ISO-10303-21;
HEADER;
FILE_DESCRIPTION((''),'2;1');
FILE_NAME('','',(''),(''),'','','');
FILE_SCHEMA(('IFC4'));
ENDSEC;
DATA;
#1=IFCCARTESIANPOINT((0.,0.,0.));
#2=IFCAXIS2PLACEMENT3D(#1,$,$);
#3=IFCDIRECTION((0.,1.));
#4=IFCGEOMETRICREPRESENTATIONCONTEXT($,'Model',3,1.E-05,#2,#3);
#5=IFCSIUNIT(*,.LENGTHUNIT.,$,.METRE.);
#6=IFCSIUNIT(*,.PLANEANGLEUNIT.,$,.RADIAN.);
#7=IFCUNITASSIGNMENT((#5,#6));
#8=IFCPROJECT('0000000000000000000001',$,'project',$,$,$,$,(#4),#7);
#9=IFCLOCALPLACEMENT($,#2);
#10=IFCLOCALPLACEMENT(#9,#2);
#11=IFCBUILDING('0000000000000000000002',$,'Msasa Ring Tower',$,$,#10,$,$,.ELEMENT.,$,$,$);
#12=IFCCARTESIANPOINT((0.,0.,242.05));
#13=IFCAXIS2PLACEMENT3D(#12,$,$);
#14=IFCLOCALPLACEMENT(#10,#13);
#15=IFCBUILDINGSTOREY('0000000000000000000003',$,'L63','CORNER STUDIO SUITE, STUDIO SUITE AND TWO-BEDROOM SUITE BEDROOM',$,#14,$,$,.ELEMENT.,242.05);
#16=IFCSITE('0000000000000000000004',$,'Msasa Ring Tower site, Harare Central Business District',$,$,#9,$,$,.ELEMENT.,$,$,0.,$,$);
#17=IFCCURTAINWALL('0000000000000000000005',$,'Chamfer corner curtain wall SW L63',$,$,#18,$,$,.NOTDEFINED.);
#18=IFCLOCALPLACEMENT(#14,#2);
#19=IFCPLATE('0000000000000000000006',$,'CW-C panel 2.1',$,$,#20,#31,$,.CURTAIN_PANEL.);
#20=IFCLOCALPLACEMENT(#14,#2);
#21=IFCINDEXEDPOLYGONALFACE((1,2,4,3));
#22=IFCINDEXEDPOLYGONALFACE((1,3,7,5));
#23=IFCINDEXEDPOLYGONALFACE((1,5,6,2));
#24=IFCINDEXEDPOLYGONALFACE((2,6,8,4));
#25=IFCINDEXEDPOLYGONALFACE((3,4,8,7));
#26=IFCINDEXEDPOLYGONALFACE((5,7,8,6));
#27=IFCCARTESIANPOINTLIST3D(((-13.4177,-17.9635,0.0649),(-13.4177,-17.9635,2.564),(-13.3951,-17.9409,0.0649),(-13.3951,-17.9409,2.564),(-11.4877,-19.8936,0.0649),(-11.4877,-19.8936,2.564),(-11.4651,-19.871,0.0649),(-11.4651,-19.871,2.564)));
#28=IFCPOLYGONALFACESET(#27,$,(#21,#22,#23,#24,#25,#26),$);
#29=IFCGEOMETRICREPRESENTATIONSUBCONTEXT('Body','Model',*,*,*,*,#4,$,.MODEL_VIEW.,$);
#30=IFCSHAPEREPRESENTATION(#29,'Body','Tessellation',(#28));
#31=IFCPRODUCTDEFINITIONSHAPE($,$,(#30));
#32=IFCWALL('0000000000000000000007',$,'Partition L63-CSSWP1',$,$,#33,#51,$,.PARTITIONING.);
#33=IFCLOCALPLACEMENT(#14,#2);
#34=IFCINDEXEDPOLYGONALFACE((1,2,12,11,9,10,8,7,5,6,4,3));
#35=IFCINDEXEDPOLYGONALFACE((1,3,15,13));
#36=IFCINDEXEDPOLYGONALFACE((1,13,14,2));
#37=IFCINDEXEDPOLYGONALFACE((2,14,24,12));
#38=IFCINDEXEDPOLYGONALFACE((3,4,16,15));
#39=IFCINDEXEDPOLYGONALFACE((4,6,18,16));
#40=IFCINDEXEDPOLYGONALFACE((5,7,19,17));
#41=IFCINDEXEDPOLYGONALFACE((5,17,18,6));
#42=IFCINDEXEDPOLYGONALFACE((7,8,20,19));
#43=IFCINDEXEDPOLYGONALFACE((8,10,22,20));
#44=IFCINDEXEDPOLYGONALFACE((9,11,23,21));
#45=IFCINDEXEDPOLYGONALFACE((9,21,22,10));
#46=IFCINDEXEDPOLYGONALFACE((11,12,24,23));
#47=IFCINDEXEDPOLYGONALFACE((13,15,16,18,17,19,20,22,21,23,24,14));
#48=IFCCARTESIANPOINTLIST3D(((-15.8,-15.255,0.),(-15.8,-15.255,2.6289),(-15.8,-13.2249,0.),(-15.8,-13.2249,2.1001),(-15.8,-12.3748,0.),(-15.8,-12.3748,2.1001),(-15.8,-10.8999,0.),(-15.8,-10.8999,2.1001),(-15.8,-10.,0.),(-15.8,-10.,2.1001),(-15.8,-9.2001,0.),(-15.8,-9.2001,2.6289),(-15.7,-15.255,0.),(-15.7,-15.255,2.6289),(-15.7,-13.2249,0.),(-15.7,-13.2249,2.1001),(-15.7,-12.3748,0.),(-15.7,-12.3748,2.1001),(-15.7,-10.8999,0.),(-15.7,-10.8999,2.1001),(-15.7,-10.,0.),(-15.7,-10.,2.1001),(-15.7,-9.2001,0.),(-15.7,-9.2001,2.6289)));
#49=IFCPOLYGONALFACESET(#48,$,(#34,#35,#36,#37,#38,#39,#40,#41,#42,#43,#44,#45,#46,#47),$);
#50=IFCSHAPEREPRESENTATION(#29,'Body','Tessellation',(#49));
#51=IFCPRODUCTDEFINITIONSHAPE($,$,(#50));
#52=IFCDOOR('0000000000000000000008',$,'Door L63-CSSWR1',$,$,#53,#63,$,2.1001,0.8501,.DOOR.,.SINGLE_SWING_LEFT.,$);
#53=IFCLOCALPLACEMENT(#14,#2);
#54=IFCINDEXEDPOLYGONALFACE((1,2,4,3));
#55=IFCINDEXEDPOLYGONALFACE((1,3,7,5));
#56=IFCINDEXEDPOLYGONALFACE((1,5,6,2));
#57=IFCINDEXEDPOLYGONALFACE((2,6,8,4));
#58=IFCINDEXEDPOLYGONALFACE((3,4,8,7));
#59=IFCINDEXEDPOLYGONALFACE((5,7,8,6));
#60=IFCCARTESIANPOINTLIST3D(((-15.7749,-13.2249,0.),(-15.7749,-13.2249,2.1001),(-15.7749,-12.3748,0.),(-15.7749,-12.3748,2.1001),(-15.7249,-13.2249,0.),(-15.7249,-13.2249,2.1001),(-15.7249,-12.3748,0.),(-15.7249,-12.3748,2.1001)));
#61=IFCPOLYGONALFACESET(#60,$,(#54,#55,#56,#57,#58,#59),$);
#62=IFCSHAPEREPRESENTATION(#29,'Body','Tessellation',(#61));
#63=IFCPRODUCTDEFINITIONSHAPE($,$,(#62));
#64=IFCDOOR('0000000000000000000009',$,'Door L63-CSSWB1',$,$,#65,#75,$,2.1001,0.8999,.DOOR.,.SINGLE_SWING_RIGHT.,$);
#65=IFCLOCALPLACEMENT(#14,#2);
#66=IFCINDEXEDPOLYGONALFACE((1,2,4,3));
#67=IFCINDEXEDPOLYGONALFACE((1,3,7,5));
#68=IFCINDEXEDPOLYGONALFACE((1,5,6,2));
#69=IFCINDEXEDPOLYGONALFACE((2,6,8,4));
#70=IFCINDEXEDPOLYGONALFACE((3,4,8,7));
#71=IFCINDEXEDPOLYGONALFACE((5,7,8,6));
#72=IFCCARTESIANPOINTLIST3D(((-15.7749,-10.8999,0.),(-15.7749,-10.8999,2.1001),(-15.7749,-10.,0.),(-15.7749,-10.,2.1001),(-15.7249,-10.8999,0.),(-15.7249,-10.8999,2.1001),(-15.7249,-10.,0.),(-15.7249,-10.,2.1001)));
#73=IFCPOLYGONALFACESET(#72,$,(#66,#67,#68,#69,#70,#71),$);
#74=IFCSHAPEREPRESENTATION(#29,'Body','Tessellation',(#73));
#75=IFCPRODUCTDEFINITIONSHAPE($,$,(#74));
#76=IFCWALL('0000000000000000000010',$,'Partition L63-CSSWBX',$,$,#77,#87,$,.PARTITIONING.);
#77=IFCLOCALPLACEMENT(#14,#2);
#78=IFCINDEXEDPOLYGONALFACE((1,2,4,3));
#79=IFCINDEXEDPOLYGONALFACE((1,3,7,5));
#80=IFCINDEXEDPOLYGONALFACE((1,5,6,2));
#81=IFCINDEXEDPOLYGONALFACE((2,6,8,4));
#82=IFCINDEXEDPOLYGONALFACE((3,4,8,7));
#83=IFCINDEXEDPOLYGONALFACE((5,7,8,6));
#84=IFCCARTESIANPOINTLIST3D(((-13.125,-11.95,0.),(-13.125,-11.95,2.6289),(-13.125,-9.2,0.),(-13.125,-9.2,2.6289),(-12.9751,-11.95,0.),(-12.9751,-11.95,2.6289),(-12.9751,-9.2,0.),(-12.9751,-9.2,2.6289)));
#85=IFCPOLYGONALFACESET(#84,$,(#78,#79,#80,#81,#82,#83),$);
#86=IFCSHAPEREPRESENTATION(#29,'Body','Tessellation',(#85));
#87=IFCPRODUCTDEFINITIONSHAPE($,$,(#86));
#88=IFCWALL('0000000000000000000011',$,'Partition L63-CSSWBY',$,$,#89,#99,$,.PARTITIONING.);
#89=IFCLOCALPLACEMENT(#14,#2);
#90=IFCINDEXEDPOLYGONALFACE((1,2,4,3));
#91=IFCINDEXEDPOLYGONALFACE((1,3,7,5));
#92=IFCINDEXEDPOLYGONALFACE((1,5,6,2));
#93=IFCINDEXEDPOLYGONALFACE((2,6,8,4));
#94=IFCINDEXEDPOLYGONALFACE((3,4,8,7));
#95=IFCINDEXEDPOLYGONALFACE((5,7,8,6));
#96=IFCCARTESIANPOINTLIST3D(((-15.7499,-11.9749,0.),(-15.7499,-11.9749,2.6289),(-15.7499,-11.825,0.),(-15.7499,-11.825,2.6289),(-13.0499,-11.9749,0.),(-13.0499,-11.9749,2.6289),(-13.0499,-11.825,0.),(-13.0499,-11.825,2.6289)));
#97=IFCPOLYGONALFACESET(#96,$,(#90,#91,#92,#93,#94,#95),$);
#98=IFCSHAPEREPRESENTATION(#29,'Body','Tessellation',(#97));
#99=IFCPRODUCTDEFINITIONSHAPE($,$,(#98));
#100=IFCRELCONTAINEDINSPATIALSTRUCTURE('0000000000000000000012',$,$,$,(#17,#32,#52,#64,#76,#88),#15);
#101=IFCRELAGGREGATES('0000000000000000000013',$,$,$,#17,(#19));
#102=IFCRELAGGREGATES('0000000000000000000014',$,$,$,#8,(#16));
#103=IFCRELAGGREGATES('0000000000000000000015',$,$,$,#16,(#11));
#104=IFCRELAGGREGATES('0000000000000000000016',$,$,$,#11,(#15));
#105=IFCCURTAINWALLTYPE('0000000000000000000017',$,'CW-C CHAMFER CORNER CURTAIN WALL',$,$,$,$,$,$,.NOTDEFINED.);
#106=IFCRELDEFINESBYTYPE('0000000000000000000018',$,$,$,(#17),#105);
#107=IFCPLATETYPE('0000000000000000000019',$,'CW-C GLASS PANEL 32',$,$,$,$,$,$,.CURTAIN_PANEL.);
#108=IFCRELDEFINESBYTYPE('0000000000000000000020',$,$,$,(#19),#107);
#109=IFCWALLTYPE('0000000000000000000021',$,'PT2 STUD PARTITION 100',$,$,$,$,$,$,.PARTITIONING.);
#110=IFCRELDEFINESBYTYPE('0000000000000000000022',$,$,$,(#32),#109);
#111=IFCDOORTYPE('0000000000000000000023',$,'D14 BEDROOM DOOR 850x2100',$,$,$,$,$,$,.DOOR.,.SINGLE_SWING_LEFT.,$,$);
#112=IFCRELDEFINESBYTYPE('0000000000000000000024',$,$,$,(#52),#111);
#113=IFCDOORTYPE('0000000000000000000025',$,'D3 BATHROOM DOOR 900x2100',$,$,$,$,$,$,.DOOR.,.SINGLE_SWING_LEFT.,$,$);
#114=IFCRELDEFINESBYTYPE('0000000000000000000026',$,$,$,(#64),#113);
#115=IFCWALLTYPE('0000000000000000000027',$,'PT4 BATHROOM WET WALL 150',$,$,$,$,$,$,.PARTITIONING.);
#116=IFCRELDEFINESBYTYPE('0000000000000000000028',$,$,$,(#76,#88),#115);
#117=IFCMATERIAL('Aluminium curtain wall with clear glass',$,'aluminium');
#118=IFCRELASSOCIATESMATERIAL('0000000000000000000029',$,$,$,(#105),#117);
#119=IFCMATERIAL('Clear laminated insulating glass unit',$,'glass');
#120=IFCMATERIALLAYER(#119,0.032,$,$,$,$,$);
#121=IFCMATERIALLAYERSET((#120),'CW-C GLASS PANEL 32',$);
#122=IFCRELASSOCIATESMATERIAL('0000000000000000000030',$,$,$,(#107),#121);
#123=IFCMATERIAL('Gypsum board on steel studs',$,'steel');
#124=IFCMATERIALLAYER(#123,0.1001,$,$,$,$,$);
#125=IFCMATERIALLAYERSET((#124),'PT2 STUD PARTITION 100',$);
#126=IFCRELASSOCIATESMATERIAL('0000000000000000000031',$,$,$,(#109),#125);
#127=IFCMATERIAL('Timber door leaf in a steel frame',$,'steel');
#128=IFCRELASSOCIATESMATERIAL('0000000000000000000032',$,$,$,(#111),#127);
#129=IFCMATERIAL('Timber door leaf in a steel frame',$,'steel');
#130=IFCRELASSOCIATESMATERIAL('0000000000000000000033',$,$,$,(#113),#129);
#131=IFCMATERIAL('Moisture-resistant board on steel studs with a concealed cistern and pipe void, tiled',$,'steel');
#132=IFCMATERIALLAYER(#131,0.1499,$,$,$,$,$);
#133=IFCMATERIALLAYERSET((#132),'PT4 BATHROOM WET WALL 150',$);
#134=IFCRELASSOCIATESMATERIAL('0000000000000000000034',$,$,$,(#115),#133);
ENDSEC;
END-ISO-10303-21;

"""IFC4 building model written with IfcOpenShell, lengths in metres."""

from ifc_helpers import new_model, si_unit, direction, frame, frame_2d, origin, origin_2d, place, context, subcontext, project, spatial, rectangle, extrude, material, layer, layer_set, type_object, element, fill, aggregate, save


model = new_model("IFC4")

# Units and contexts
model_context = context("Model", 3, precision=1e-05, world=origin(), true_north=direction((0.0, 1.0)))
body_context = subcontext(model_context, "Body", "Model", "MODEL_VIEW")
ifc_project = project(units=[si_unit("LENGTHUNIT", "METRE"), si_unit("PLANEANGLEUNIT", "RADIAN")], contexts=[model_context])

# Site, building, storey
site_placement = place(None, origin())
site = spatial("IfcSite", under=ifc_project, at=site_placement, Name="Msasa Ring Tower site, Harare Central Business District", CompositionType="ELEMENT", RefElevation=0.0)
building_placement = place(site_placement, origin())
building = spatial("IfcBuilding", under=site, at=building_placement, Name="Msasa Ring Tower", CompositionType="ELEMENT")
storey_placement = place(building_placement, frame((0.0, 0.0, 242.05)))
storey = spatial("IfcBuildingStorey", under=building, at=storey_placement, Name="L63", Description="CORNER STUDIO SUITE, STUDIO SUITE AND TWO-BEDROOM SUITE BEDROOM", CompositionType="ELEMENT", Elevation=242.05)

# Curtain wall
ifc_material_1 = material(Name="Aluminium curtain wall with clear glass", Category="aluminium")
curtain_wall_type = type_object("IfcCurtainWallType", Name="CW-C CHAMFER CORNER CURTAIN WALL", PredefinedType="NOTDEFINED", material=ifc_material_1)
curtain_wall_1_placement = place(storey_placement, origin())
curtain_wall_1 = element("IfcCurtainWall", 1, at=curtain_wall_1_placement, inside=storey, type_object=curtain_wall_type, Name="Chamfer corner curtain wall SW L63", PredefinedType="NOTDEFINED")

# Plate
ifc_material_2 = material(Name="Clear laminated insulating glass unit", Category="glass")
ifc_layer_1 = layer(ifc_material_2, 0.032)
ifc_layer_set_1 = layer_set([ifc_layer_1], Name="CW-C GLASS PANEL 32")
plate_type = type_object("IfcPlateType", Name="CW-C GLASS PANEL 32", PredefinedType="CURTAIN_PANEL", material=ifc_layer_set_1)
plate_1_placement = place(storey_placement, frame((-12.4414, -18.9172, 0.0649), z_axis=(0.0, 0.0, 1.0), x_axis=(0.707107, -0.707107, 0.0)))
plate_1 = element("IfcPlate", 2, at=plate_1_placement, type_object=plate_type, Name="CW-C panel 2.1", PredefinedType="CURTAIN_PANEL", context=body_context, shape_type="SweptSolid", body=[
    extrude(rectangle(XDim=2.7295, YDim=0.032, at=origin_2d()), origin(), (0.0, 0.0, 1.0), 2.499),
])
aggregate(curtain_wall_1, [plate_1])

# Wall, openings, doors
ifc_material_3 = material(Name="Gypsum board on steel studs", Category="steel")
ifc_layer_2 = layer(ifc_material_3, 0.1001)
ifc_layer_set_2 = layer_set([ifc_layer_2], Name="PT2 STUD PARTITION 100")
wall_type_1 = type_object("IfcWallType", Name="PT2 STUD PARTITION 100", PredefinedType="PARTITIONING", material=ifc_layer_set_2)
wall_1_placement = place(storey_placement, frame((-15.75, -15.2549, 0.0), z_axis=(0.0, 0.0, 1.0), x_axis=(0.0, 1.0, 0.0)))
wall_1 = element("IfcWall", 3, at=wall_1_placement, inside=storey, type_object=wall_type_1, Name="Partition L63-CSSWP1", PredefinedType="PARTITIONING", context=body_context, shape_type="SweptSolid", body=[
    extrude(rectangle(XDim=6.0549, YDim=0.1001, at=frame_2d((3.0273, 0.0))), origin(), (0.0, 0.0, 1.0), 2.6289),
])
opening_1_placement = place(wall_1_placement, frame((2.03, 0.0, 0.0)))
opening_1 = element("IfcOpeningElement", 4, at=opening_1_placement, cuts=wall_1, PredefinedType="OPENING", context=body_context, shape_type="SweptSolid", body=[
    extrude(rectangle(XDim=0.8501, YDim=2.1001, at=frame_2d((0.425, 1.05))), frame((0.0, 0.0601, 0.0), z_axis=(0.0, -1.0, 0.0), x_axis=(1.0, 0.0, 0.0)), (0.0, 0.0, 1.0), 0.1201),
])
opening_2_placement = place(wall_1_placement, frame((4.355, 0.0, 0.0)))
opening_2 = element("IfcOpeningElement", 5, at=opening_2_placement, cuts=wall_1, PredefinedType="OPENING", context=body_context, shape_type="SweptSolid", body=[
    extrude(rectangle(XDim=0.8999, YDim=2.1001, at=frame_2d((0.45, 1.05))), frame((0.0, 0.0601, 0.0), z_axis=(0.0, -1.0, 0.0), x_axis=(1.0, 0.0, 0.0)), (0.0, 0.0, 1.0), 0.1201),
])
ifc_material_4 = material(Name="Timber door leaf in a steel frame", Category="steel")
door_type_1 = type_object("IfcDoorType", Name="D14 BEDROOM DOOR 850x2100", OperationType="SINGLE_SWING_LEFT", PredefinedType="DOOR", material=ifc_material_4)
door_1_placement = place(opening_1_placement, origin())
door_1 = element("IfcDoor", 6, at=door_1_placement, inside=storey, type_object=door_type_1, Name="Door L63-CSSWR1", OperationType="SINGLE_SWING_LEFT", OverallHeight=2.1001, OverallWidth=0.8501, PredefinedType="DOOR", context=body_context, shape_type="SweptSolid", body=[
    extrude(rectangle(XDim=0.8501, YDim=2.1001, at=frame_2d((0.425, 1.05))), frame((0.0, 0.0249, 0.0), z_axis=(0.0, -1.0, 0.0), x_axis=(1.0, 0.0, 0.0)), (0.0, 0.0, 1.0), 0.05),
])
fill(opening_1, door_1)
ifc_material_5 = material(Name="Timber door leaf in a steel frame", Category="steel")
door_type_2 = type_object("IfcDoorType", Name="D3 BATHROOM DOOR 900x2100", OperationType="SINGLE_SWING_LEFT", PredefinedType="DOOR", material=ifc_material_5)
door_2_placement = place(opening_2_placement, origin())
door_2 = element("IfcDoor", 7, at=door_2_placement, inside=storey, type_object=door_type_2, Name="Door L63-CSSWB1", OperationType="SINGLE_SWING_RIGHT", OverallHeight=2.1001, OverallWidth=0.8999, PredefinedType="DOOR", context=body_context, shape_type="SweptSolid", body=[
    extrude(rectangle(XDim=0.8999, YDim=2.1001, at=frame_2d((0.45, 1.05))), frame((0.0, 0.0249, 0.0), z_axis=(0.0, -1.0, 0.0), x_axis=(1.0, 0.0, 0.0)), (0.0, 0.0, 1.0), 0.05),
])
fill(opening_2, door_2)

# Walls
ifc_material_6 = material(Name="Moisture-resistant board on steel studs with a concealed cistern and pipe void, tiled", Category="steel")
ifc_layer_3 = layer(ifc_material_6, 0.1499)
ifc_layer_set_3 = layer_set([ifc_layer_3], Name="PT4 BATHROOM WET WALL 150")
wall_type_2 = type_object("IfcWallType", Name="PT4 BATHROOM WET WALL 150", PredefinedType="PARTITIONING", material=ifc_layer_set_3)
wall_2_placement = place(storey_placement, frame((-13.05, -11.95, 0.0), z_axis=(0.0, 0.0, 1.0), x_axis=(0.0, 1.0, 0.0)))
element("IfcWall", 8, at=wall_2_placement, inside=storey, type_object=wall_type_2, Name="Partition L63-CSSWBX", PredefinedType="PARTITIONING", context=body_context, shape_type="SweptSolid", body=[
    extrude(rectangle(XDim=2.75, YDim=0.1499, at=frame_2d((1.375, 0.0))), origin(), (0.0, 0.0, 1.0), 2.6289),
])
wall_3_placement = place(storey_placement, frame((-15.75, -11.8999, 0.0), z_axis=(0.0, 0.0, 1.0), x_axis=(1.0, 0.0, 0.0)))
element("IfcWall", 9, at=wall_3_placement, inside=storey, type_object=wall_type_2, Name="Partition L63-CSSWBY", PredefinedType="PARTITIONING", context=body_context, shape_type="SweptSolid", body=[
    extrude(rectangle(XDim=2.7, YDim=0.1499, at=frame_2d((1.3501, 0.0))), origin(), (0.0, 0.0, 1.0), 2.6289),
])

save(model, "model.ifc")
